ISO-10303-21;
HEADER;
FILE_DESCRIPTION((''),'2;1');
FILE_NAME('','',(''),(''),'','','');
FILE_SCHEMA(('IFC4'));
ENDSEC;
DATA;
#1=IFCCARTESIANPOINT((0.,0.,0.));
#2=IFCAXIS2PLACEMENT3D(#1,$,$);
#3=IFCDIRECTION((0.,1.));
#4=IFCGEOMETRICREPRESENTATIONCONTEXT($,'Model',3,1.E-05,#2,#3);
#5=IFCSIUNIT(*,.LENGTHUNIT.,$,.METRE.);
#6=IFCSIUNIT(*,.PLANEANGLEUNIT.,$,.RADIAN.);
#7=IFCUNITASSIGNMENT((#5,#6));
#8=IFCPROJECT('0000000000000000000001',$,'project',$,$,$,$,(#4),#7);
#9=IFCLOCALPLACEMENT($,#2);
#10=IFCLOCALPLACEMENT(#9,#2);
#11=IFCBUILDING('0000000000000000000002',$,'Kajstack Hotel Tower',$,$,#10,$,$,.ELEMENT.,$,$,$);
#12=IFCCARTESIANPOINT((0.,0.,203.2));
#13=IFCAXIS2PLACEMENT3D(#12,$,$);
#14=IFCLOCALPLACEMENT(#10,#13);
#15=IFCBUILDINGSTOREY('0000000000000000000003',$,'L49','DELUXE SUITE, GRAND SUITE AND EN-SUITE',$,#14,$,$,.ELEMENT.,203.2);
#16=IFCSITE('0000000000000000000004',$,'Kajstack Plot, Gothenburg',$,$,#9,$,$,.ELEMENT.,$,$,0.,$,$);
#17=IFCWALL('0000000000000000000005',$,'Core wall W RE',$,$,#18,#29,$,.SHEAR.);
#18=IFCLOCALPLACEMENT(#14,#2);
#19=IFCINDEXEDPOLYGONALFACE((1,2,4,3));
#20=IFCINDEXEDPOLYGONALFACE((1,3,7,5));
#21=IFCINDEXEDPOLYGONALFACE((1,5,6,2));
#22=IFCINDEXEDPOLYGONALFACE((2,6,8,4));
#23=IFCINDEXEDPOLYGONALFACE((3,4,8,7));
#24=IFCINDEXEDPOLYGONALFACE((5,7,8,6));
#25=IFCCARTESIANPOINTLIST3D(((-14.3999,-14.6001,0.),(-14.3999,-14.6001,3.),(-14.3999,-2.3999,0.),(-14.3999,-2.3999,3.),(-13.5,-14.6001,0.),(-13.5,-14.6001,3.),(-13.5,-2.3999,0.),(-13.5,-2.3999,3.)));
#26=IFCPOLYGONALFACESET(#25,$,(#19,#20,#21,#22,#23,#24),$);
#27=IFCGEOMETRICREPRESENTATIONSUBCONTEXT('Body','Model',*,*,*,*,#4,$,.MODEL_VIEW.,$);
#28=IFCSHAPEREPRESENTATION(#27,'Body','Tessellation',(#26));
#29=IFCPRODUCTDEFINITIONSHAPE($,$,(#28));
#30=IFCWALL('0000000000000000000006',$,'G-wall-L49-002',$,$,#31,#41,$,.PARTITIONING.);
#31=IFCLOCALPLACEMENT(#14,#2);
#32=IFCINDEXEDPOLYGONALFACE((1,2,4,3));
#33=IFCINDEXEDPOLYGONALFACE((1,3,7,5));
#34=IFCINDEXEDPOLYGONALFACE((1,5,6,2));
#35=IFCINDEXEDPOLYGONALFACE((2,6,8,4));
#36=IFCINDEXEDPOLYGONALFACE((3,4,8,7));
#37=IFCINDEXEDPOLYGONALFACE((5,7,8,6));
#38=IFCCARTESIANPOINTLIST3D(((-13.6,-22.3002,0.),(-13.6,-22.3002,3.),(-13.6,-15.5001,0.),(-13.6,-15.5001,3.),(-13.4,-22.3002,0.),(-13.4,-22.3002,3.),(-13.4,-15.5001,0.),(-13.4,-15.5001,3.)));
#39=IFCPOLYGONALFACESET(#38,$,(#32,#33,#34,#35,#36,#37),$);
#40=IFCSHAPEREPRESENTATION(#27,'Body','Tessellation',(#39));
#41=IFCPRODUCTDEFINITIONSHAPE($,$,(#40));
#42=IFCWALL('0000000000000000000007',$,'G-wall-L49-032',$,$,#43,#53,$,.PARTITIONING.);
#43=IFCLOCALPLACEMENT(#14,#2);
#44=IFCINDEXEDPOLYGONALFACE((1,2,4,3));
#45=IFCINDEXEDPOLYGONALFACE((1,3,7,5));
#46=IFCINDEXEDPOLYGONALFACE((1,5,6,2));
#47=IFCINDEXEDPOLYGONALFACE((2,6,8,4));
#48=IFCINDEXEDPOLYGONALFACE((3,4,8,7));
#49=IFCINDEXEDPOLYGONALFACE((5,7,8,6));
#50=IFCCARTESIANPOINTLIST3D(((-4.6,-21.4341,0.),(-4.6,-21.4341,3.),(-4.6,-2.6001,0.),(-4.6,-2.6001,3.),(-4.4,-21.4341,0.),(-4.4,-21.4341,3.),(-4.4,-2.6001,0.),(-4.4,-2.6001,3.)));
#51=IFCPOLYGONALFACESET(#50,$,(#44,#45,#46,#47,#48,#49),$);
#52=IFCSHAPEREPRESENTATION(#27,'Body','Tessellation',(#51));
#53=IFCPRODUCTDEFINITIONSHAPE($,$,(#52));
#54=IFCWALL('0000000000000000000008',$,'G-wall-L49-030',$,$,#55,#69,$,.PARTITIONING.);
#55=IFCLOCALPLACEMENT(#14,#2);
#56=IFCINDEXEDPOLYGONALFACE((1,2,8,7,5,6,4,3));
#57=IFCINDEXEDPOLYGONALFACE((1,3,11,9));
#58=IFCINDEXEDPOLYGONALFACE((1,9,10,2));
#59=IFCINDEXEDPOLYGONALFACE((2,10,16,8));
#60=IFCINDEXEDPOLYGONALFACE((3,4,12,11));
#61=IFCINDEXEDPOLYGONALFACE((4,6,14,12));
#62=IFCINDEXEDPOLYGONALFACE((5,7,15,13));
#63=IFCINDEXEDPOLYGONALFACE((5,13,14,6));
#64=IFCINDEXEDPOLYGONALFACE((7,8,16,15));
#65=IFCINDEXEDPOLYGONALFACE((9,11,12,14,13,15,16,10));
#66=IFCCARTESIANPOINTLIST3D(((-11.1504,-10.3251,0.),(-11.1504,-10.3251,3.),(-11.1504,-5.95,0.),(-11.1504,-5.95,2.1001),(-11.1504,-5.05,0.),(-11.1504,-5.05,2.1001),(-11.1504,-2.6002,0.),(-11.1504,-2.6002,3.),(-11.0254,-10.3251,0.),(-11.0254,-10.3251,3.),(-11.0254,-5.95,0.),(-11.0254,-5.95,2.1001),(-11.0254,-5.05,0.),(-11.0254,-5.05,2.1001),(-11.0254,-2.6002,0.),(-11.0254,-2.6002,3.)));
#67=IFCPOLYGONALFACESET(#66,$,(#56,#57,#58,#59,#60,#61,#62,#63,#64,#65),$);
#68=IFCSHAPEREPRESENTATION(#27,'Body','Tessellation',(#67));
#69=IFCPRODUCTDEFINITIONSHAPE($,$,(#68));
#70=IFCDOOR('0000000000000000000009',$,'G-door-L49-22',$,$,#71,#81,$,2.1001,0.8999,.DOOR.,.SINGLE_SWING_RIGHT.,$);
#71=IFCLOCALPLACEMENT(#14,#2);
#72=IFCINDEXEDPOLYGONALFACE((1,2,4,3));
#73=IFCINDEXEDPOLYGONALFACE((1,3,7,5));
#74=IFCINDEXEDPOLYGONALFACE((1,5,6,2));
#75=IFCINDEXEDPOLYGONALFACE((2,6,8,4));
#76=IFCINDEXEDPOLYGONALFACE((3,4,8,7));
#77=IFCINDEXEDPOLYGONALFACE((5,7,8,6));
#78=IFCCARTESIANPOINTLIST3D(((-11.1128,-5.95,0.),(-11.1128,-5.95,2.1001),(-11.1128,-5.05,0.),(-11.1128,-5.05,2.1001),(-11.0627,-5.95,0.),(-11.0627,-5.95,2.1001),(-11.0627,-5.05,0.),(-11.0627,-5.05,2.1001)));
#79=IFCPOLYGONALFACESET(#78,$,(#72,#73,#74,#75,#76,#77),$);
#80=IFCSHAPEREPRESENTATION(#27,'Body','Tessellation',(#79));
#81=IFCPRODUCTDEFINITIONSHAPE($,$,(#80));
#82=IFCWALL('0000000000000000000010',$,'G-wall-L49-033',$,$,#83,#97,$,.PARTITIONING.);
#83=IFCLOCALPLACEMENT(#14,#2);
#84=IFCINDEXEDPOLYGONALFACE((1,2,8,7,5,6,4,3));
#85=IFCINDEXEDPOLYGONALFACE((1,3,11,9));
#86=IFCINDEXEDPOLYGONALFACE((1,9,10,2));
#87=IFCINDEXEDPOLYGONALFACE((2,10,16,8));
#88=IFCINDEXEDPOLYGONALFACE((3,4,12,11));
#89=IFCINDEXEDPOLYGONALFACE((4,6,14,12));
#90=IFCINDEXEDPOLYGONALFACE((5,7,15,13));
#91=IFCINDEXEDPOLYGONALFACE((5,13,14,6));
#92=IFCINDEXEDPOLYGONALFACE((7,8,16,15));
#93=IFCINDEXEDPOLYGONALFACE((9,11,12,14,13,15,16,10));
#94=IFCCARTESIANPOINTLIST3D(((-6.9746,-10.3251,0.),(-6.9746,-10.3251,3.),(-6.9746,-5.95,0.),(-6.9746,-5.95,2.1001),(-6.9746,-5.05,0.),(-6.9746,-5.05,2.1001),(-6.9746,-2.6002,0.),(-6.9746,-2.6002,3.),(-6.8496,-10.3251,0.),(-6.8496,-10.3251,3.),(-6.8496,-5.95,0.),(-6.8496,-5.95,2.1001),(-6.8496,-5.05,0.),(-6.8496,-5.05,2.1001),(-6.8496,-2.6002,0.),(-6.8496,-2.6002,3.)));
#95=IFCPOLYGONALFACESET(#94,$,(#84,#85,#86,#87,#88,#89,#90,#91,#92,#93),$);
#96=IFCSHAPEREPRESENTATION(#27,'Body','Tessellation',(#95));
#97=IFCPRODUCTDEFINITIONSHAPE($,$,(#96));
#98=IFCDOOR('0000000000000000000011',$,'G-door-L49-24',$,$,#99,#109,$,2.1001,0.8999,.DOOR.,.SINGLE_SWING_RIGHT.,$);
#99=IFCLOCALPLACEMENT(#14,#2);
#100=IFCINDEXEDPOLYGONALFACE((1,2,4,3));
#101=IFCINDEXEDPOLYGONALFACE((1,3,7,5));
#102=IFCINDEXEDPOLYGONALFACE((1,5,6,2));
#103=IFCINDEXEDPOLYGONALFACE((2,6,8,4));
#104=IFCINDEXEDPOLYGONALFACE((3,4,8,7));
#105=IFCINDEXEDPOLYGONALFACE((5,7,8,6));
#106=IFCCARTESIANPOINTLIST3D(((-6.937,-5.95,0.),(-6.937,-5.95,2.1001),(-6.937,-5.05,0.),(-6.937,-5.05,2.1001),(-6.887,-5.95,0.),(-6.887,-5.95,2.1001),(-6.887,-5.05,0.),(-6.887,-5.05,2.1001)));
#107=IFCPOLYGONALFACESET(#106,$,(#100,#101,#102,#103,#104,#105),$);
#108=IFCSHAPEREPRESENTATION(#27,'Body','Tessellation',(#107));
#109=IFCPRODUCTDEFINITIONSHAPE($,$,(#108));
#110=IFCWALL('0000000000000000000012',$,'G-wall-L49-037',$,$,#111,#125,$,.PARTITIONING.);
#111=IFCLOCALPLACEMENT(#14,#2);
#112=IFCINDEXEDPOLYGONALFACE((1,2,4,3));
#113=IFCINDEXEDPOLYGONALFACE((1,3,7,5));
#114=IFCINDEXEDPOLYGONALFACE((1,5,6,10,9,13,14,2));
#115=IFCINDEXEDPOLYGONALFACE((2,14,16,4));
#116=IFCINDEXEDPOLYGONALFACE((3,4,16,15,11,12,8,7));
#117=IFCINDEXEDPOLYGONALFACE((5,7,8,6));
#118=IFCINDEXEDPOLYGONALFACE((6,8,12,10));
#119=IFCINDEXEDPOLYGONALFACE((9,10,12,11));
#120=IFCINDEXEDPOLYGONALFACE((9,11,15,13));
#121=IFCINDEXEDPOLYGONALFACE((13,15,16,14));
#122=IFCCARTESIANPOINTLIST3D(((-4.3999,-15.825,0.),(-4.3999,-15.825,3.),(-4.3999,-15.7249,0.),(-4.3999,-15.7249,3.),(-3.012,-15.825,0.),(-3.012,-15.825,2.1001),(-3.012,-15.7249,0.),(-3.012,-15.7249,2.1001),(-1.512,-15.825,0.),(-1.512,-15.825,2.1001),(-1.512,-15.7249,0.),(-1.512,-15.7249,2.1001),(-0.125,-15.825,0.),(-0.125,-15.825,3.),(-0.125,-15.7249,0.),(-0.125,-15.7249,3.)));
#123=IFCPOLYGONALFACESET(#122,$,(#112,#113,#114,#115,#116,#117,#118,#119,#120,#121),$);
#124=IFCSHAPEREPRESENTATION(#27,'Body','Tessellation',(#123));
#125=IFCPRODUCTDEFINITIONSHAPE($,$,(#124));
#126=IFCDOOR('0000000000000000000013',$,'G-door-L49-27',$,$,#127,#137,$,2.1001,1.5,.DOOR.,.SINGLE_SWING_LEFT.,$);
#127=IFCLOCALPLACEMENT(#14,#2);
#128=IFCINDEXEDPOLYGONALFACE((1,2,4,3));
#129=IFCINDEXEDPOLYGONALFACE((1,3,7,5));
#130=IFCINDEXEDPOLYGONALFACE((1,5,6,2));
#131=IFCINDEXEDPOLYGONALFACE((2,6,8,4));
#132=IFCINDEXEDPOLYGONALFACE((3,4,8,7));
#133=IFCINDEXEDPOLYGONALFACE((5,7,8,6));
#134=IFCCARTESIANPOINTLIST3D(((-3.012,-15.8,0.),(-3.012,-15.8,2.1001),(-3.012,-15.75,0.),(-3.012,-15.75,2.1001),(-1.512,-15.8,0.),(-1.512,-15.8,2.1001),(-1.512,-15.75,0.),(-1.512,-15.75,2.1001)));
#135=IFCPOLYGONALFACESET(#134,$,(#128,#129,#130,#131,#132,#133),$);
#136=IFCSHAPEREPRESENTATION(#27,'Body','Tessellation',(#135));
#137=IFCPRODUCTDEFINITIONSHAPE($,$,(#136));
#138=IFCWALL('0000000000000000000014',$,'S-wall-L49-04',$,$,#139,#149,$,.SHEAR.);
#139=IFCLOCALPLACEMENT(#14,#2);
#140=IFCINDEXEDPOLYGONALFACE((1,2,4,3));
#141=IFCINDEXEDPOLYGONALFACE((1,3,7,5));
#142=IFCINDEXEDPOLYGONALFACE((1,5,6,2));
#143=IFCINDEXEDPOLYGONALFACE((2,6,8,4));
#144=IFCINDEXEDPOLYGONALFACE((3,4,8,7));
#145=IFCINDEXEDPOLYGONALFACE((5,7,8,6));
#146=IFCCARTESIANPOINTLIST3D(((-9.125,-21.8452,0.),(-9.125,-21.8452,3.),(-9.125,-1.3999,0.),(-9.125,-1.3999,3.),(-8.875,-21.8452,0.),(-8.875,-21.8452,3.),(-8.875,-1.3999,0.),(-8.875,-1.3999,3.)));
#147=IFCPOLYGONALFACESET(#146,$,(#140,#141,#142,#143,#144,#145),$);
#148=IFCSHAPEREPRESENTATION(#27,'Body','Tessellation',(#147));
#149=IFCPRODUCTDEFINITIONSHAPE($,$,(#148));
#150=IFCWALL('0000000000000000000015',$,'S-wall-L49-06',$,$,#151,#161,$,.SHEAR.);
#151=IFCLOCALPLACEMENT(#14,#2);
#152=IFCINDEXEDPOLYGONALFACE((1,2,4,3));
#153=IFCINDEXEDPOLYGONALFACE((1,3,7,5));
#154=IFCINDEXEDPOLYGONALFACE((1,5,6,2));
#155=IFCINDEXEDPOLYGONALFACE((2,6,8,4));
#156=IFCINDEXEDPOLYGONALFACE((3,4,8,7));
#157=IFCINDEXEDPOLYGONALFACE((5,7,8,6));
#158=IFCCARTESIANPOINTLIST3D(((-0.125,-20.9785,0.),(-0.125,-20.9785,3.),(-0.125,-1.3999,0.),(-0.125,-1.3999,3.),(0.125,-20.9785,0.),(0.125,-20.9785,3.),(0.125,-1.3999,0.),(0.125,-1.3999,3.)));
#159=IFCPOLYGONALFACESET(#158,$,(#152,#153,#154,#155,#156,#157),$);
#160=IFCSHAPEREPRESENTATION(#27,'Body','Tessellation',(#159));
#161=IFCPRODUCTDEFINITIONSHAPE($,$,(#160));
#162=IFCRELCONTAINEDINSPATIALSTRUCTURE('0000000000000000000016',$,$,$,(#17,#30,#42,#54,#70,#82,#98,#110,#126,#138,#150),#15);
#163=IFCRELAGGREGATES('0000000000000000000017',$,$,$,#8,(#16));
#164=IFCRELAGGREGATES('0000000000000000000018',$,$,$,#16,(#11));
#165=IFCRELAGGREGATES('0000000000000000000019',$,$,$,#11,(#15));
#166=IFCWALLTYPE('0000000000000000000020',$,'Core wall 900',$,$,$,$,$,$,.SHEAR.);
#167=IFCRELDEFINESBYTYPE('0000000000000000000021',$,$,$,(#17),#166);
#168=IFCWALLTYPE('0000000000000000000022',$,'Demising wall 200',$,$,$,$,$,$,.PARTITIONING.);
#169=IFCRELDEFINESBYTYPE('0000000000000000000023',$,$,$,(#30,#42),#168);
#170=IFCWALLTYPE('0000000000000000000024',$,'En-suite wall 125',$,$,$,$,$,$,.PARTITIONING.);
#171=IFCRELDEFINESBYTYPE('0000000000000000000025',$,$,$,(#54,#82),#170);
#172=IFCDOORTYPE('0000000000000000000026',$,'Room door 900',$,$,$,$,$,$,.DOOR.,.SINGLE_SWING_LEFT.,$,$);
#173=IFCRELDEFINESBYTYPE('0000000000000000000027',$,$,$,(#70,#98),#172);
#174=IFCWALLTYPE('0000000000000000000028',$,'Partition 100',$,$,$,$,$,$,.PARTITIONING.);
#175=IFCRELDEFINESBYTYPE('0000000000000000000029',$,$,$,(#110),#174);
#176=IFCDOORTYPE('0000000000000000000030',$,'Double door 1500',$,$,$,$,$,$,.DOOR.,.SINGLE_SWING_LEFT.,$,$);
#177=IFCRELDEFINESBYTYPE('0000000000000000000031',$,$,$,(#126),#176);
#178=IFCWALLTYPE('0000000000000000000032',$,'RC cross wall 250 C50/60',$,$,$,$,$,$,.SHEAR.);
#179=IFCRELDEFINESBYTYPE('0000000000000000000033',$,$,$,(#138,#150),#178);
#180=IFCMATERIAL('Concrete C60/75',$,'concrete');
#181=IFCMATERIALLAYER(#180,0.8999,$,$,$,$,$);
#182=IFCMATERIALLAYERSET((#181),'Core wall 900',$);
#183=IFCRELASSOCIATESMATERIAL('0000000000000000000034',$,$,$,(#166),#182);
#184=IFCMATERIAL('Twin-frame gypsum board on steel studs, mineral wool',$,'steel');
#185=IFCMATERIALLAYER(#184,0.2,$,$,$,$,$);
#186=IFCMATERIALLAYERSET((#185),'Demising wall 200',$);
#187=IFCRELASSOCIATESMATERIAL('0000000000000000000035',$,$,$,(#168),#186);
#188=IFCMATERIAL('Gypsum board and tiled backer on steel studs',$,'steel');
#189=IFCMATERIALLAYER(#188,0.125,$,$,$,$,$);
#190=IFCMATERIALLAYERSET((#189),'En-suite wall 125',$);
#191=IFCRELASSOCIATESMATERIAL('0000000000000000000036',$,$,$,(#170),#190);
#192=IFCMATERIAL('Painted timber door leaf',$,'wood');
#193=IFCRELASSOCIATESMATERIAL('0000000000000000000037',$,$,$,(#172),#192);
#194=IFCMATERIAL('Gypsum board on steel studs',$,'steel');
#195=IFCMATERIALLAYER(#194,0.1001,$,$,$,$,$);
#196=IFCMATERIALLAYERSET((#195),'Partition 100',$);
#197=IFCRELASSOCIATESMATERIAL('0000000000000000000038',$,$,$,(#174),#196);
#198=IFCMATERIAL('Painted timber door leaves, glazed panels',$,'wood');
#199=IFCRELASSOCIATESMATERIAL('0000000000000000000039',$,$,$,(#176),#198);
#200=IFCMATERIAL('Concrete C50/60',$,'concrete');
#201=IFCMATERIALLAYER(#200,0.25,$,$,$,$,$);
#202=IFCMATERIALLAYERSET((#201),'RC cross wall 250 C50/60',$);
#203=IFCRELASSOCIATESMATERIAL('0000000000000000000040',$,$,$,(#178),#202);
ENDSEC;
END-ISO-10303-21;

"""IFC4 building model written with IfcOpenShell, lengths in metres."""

from ifc_helpers import new_model, si_unit, direction, frame, frame_2d, origin, place, context, subcontext, project, spatial, rectangle, extrude, material, layer, layer_set, type_object, element, fill, save


model = new_model("IFC4")

# Units and contexts
model_context = context("Model", 3, precision=1e-05, world=origin(), true_north=direction((0.0, 1.0)))
body_context = subcontext(model_context, "Body", "Model", "MODEL_VIEW")
ifc_project = project(units=[si_unit("LENGTHUNIT", "METRE"), si_unit("PLANEANGLEUNIT", "RADIAN")], contexts=[model_context])

# Site, building, storey
site_placement = place(None, origin())
site = spatial("IfcSite", under=ifc_project, at=site_placement, Name="Kajstack Plot, Gothenburg", CompositionType="ELEMENT", RefElevation=0.0)
building_placement = place(site_placement, origin())
building = spatial("IfcBuilding", under=site, at=building_placement, Name="Kajstack Hotel Tower", CompositionType="ELEMENT")
storey_placement = place(building_placement, frame((0.0, 0.0, 203.2)))
storey = spatial("IfcBuildingStorey", under=building, at=storey_placement, Name="L49", Description="DELUXE SUITE, GRAND SUITE AND EN-SUITE", CompositionType="ELEMENT", Elevation=203.2)

# Walls
ifc_material_1 = material(Name="Concrete C60/75", Category="concrete")
ifc_layer_1 = layer(ifc_material_1, 0.8999)
ifc_layer_set_1 = layer_set([ifc_layer_1], Name="Core wall 900")
wall_type_1 = type_object("IfcWallType", Name="Core wall 900", PredefinedType="SHEAR", material=ifc_layer_set_1)
wall_1_placement = place(storey_placement, frame((-13.95, -14.6001, 0.0), z_axis=(0.0, 0.0, 1.0), x_axis=(0.0, 1.0, 0.0)))
element("IfcWall", 1, at=wall_1_placement, inside=storey, type_object=wall_type_1, Name="Core wall W RE", PredefinedType="SHEAR", context=body_context, shape_type="SweptSolid", body=[
    extrude(rectangle(XDim=12.2002, YDim=0.8999, at=frame_2d((6.1001, 0.0))), origin(), (0.0, 0.0, 1.0), 3.0),
])
ifc_material_2 = material(Name="Twin-frame gypsum board on steel studs, mineral wool", Category="steel")
ifc_layer_2 = layer(ifc_material_2, 0.2)
ifc_layer_set_2 = layer_set([ifc_layer_2], Name="Demising wall 200")
wall_type_2 = type_object("IfcWallType", Name="Demising wall 200", PredefinedType="PARTITIONING", material=ifc_layer_set_2)
wall_2_placement = place(storey_placement, frame((-13.5, -22.3, 0.0), z_axis=(0.0, 0.0, 1.0), x_axis=(0.0, 1.0, 0.0)))
element("IfcWall", 2, at=wall_2_placement, inside=storey, type_object=wall_type_2, Name="G-wall-L49-002", PredefinedType="PARTITIONING", context=body_context, shape_type="SweptSolid", body=[
    extrude(rectangle(XDim=6.8, YDim=0.2, at=frame_2d((3.3999, 0.0))), origin(), (0.0, 0.0, 1.0), 3.0),
])
wall_3_placement = place(storey_placement, frame((-4.5, -21.4341, 0.0), z_axis=(0.0, 0.0, 1.0), x_axis=(0.0, 1.0, 0.0)))
element("IfcWall", 3, at=wall_3_placement, inside=storey, type_object=wall_type_2, Name="G-wall-L49-032", PredefinedType="PARTITIONING", context=body_context, shape_type="SweptSolid", body=[
    extrude(rectangle(XDim=18.834, YDim=0.2, at=frame_2d((9.417, 0.0))), origin(), (0.0, 0.0, 1.0), 3.0),
])

# Walls, openings, doors
ifc_material_3 = material(Name="Gypsum board and tiled backer on steel studs", Category="steel")
ifc_layer_3 = layer(ifc_material_3, 0.125)
ifc_layer_set_3 = layer_set([ifc_layer_3], Name="En-suite wall 125")
wall_type_3 = type_object("IfcWallType", Name="En-suite wall 125", PredefinedType="PARTITIONING", material=ifc_layer_set_3)
wall_4_placement = place(storey_placement, frame((-11.0879, -10.325, 0.0), z_axis=(0.0, 0.0, 1.0), x_axis=(0.0, 1.0, 0.0)))
wall_4 = element("IfcWall", 4, at=wall_4_placement, inside=storey, type_object=wall_type_3, Name="G-wall-L49-030", PredefinedType="PARTITIONING", context=body_context, shape_type="SweptSolid", body=[
    extrude(rectangle(XDim=7.7249, YDim=0.125, at=frame_2d((3.8623, 0.0))), origin(), (0.0, 0.0, 1.0), 3.0),
])
opening_1_placement = place(wall_4_placement, frame((4.375, 0.0, 0.0)))
opening_1 = element("IfcOpeningElement", 5, at=opening_1_placement, cuts=wall_4, PredefinedType="OPENING", context=body_context, shape_type="SweptSolid", body=[
    extrude(rectangle(XDim=0.8999, YDim=2.1001, at=frame_2d((0.45, 1.05))), frame((0.0, 0.0725, 0.0), z_axis=(0.0, -1.0, 0.0), x_axis=(1.0, 0.0, 0.0)), (0.0, 0.0, 1.0), 0.145),
])
ifc_material_4 = material(Name="Painted timber door leaf", Category="wood")
door_type_1 = type_object("IfcDoorType", Name="Room door 900", OperationType="SINGLE_SWING_LEFT", PredefinedType="DOOR", material=ifc_material_4)
door_1_placement = place(opening_1_placement, origin())
door_1 = element("IfcDoor", 6, at=door_1_placement, inside=storey, type_object=door_type_1, Name="G-door-L49-22", OperationType="SINGLE_SWING_RIGHT", OverallHeight=2.1001, OverallWidth=0.8999, PredefinedType="DOOR", context=body_context, shape_type="SweptSolid", body=[
    extrude(rectangle(XDim=0.8999, YDim=2.1001, at=frame_2d((0.45, 1.05))), frame((0.0, 0.0249, 0.0), z_axis=(0.0, -1.0, 0.0), x_axis=(1.0, 0.0, 0.0)), (0.0, 0.0, 1.0), 0.05),
])
fill(opening_1, door_1)
wall_5_placement = place(storey_placement, frame((-6.9121, -10.325, 0.0), z_axis=(0.0, 0.0, 1.0), x_axis=(0.0, 1.0, 0.0)))
wall_5 = element("IfcWall", 7, at=wall_5_placement, inside=storey, type_object=wall_type_3, Name="G-wall-L49-033", PredefinedType="PARTITIONING", context=body_context, shape_type="SweptSolid", body=[
    extrude(rectangle(XDim=7.7249, YDim=0.125, at=frame_2d((3.8623, 0.0))), origin(), (0.0, 0.0, 1.0), 3.0),
])
opening_2_placement = place(wall_5_placement, frame((4.375, 0.0, 0.0)))
opening_2 = element("IfcOpeningElement", 8, at=opening_2_placement, cuts=wall_5, PredefinedType="OPENING", context=body_context, shape_type="SweptSolid", body=[
    extrude(rectangle(XDim=0.8999, YDim=2.1001, at=frame_2d((0.45, 1.05))), frame((0.0, 0.0725, 0.0), z_axis=(0.0, -1.0, 0.0), x_axis=(1.0, 0.0, 0.0)), (0.0, 0.0, 1.0), 0.145),
])
door_2_placement = place(opening_2_placement, origin())
door_2 = element("IfcDoor", 9, at=door_2_placement, inside=storey, type_object=door_type_1, Name="G-door-L49-24", OperationType="SINGLE_SWING_RIGHT", OverallHeight=2.1001, OverallWidth=0.8999, PredefinedType="DOOR", context=body_context, shape_type="SweptSolid", body=[
    extrude(rectangle(XDim=0.8999, YDim=2.1001, at=frame_2d((0.45, 1.05))), frame((0.0, 0.0249, 0.0), z_axis=(0.0, -1.0, 0.0), x_axis=(1.0, 0.0, 0.0)), (0.0, 0.0, 1.0), 0.05),
])
fill(opening_2, door_2)
ifc_material_5 = material(Name="Gypsum board on steel studs", Category="steel")
ifc_layer_4 = layer(ifc_material_5, 0.1001)
ifc_layer_set_4 = layer_set([ifc_layer_4], Name="Partition 100")
wall_type_4 = type_object("IfcWallType", Name="Partition 100", PredefinedType="PARTITIONING", material=ifc_layer_set_4)
wall_6_placement = place(storey_placement, frame((-4.3999, -15.7749, 0.0), z_axis=(0.0, 0.0, 1.0), x_axis=(1.0, 0.0, 0.0)))
wall_6 = element("IfcWall", 10, at=wall_6_placement, inside=storey, type_object=wall_type_4, Name="G-wall-L49-037", PredefinedType="PARTITIONING", context=body_context, shape_type="SweptSolid", body=[
    extrude(rectangle(XDim=4.2749, YDim=0.1001, at=frame_2d((2.1375, 0.0))), origin(), (0.0, 0.0, 1.0), 3.0),
])
opening_3_placement = place(wall_6_placement, frame((1.3879, 0.0, 0.0)))
opening_3 = element("IfcOpeningElement", 11, at=opening_3_placement, cuts=wall_6, PredefinedType="OPENING", context=body_context, shape_type="SweptSolid", body=[
    extrude(rectangle(XDim=1.5, YDim=2.1001, at=frame_2d((0.75, 1.05))), frame((0.0, 0.0601, 0.0), z_axis=(0.0, -1.0, 0.0), x_axis=(1.0, 0.0, 0.0)), (0.0, 0.0, 1.0), 0.1201),
])
ifc_material_6 = material(Name="Painted timber door leaves, glazed panels", Category="wood")
door_type_2 = type_object("IfcDoorType", Name="Double door 1500", OperationType="SINGLE_SWING_LEFT", PredefinedType="DOOR", material=ifc_material_6)
door_3_placement = place(opening_3_placement, origin())
door_3 = element("IfcDoor", 12, at=door_3_placement, inside=storey, type_object=door_type_2, Name="G-door-L49-27", OperationType="SINGLE_SWING_LEFT", OverallHeight=2.1001, OverallWidth=1.5, PredefinedType="DOOR", context=body_context, shape_type="SweptSolid", body=[
    extrude(rectangle(XDim=1.5, YDim=2.1001, at=frame_2d((0.75, 1.05))), frame((0.0, 0.0249, 0.0), z_axis=(0.0, -1.0, 0.0), x_axis=(1.0, 0.0, 0.0)), (0.0, 0.0, 1.0), 0.05),
])
fill(opening_3, door_3)

# Walls
ifc_material_7 = material(Name="Concrete C50/60", Category="concrete")
ifc_layer_5 = layer(ifc_material_7, 0.25)
ifc_layer_set_5 = layer_set([ifc_layer_5], Name="RC cross wall 250 C50/60")
wall_type_5 = type_object("IfcWallType", Name="RC cross wall 250 C50/60", PredefinedType="SHEAR", material=ifc_layer_set_5)
wall_7_placement = place(storey_placement, frame((-9.0, -21.8452, 0.0), z_axis=(0.0, 0.0, 1.0), x_axis=(0.0, 1.0, 0.0)))
element("IfcWall", 13, at=wall_7_placement, inside=storey, type_object=wall_type_5, Name="S-wall-L49-04", PredefinedType="SHEAR", context=body_context, shape_type="SweptSolid", body=[
    extrude(rectangle(XDim=20.4453, YDim=0.25, at=frame_2d((10.2227, 0.0))), origin(), (0.0, 0.0, 1.0), 3.0),
])
wall_8_placement = place(storey_placement, frame((0.0, -20.9785, 0.0), z_axis=(0.0, 0.0, 1.0), x_axis=(0.0, 1.0, 0.0)))
element("IfcWall", 14, at=wall_8_placement, inside=storey, type_object=wall_type_5, Name="S-wall-L49-06", PredefinedType="SHEAR", context=body_context, shape_type="SweptSolid", body=[
    extrude(rectangle(XDim=19.5786, YDim=0.25, at=frame_2d((9.7893, 0.0))), origin(), (0.0, 0.0, 1.0), 3.0),
])

save(model, "model.ifc")
